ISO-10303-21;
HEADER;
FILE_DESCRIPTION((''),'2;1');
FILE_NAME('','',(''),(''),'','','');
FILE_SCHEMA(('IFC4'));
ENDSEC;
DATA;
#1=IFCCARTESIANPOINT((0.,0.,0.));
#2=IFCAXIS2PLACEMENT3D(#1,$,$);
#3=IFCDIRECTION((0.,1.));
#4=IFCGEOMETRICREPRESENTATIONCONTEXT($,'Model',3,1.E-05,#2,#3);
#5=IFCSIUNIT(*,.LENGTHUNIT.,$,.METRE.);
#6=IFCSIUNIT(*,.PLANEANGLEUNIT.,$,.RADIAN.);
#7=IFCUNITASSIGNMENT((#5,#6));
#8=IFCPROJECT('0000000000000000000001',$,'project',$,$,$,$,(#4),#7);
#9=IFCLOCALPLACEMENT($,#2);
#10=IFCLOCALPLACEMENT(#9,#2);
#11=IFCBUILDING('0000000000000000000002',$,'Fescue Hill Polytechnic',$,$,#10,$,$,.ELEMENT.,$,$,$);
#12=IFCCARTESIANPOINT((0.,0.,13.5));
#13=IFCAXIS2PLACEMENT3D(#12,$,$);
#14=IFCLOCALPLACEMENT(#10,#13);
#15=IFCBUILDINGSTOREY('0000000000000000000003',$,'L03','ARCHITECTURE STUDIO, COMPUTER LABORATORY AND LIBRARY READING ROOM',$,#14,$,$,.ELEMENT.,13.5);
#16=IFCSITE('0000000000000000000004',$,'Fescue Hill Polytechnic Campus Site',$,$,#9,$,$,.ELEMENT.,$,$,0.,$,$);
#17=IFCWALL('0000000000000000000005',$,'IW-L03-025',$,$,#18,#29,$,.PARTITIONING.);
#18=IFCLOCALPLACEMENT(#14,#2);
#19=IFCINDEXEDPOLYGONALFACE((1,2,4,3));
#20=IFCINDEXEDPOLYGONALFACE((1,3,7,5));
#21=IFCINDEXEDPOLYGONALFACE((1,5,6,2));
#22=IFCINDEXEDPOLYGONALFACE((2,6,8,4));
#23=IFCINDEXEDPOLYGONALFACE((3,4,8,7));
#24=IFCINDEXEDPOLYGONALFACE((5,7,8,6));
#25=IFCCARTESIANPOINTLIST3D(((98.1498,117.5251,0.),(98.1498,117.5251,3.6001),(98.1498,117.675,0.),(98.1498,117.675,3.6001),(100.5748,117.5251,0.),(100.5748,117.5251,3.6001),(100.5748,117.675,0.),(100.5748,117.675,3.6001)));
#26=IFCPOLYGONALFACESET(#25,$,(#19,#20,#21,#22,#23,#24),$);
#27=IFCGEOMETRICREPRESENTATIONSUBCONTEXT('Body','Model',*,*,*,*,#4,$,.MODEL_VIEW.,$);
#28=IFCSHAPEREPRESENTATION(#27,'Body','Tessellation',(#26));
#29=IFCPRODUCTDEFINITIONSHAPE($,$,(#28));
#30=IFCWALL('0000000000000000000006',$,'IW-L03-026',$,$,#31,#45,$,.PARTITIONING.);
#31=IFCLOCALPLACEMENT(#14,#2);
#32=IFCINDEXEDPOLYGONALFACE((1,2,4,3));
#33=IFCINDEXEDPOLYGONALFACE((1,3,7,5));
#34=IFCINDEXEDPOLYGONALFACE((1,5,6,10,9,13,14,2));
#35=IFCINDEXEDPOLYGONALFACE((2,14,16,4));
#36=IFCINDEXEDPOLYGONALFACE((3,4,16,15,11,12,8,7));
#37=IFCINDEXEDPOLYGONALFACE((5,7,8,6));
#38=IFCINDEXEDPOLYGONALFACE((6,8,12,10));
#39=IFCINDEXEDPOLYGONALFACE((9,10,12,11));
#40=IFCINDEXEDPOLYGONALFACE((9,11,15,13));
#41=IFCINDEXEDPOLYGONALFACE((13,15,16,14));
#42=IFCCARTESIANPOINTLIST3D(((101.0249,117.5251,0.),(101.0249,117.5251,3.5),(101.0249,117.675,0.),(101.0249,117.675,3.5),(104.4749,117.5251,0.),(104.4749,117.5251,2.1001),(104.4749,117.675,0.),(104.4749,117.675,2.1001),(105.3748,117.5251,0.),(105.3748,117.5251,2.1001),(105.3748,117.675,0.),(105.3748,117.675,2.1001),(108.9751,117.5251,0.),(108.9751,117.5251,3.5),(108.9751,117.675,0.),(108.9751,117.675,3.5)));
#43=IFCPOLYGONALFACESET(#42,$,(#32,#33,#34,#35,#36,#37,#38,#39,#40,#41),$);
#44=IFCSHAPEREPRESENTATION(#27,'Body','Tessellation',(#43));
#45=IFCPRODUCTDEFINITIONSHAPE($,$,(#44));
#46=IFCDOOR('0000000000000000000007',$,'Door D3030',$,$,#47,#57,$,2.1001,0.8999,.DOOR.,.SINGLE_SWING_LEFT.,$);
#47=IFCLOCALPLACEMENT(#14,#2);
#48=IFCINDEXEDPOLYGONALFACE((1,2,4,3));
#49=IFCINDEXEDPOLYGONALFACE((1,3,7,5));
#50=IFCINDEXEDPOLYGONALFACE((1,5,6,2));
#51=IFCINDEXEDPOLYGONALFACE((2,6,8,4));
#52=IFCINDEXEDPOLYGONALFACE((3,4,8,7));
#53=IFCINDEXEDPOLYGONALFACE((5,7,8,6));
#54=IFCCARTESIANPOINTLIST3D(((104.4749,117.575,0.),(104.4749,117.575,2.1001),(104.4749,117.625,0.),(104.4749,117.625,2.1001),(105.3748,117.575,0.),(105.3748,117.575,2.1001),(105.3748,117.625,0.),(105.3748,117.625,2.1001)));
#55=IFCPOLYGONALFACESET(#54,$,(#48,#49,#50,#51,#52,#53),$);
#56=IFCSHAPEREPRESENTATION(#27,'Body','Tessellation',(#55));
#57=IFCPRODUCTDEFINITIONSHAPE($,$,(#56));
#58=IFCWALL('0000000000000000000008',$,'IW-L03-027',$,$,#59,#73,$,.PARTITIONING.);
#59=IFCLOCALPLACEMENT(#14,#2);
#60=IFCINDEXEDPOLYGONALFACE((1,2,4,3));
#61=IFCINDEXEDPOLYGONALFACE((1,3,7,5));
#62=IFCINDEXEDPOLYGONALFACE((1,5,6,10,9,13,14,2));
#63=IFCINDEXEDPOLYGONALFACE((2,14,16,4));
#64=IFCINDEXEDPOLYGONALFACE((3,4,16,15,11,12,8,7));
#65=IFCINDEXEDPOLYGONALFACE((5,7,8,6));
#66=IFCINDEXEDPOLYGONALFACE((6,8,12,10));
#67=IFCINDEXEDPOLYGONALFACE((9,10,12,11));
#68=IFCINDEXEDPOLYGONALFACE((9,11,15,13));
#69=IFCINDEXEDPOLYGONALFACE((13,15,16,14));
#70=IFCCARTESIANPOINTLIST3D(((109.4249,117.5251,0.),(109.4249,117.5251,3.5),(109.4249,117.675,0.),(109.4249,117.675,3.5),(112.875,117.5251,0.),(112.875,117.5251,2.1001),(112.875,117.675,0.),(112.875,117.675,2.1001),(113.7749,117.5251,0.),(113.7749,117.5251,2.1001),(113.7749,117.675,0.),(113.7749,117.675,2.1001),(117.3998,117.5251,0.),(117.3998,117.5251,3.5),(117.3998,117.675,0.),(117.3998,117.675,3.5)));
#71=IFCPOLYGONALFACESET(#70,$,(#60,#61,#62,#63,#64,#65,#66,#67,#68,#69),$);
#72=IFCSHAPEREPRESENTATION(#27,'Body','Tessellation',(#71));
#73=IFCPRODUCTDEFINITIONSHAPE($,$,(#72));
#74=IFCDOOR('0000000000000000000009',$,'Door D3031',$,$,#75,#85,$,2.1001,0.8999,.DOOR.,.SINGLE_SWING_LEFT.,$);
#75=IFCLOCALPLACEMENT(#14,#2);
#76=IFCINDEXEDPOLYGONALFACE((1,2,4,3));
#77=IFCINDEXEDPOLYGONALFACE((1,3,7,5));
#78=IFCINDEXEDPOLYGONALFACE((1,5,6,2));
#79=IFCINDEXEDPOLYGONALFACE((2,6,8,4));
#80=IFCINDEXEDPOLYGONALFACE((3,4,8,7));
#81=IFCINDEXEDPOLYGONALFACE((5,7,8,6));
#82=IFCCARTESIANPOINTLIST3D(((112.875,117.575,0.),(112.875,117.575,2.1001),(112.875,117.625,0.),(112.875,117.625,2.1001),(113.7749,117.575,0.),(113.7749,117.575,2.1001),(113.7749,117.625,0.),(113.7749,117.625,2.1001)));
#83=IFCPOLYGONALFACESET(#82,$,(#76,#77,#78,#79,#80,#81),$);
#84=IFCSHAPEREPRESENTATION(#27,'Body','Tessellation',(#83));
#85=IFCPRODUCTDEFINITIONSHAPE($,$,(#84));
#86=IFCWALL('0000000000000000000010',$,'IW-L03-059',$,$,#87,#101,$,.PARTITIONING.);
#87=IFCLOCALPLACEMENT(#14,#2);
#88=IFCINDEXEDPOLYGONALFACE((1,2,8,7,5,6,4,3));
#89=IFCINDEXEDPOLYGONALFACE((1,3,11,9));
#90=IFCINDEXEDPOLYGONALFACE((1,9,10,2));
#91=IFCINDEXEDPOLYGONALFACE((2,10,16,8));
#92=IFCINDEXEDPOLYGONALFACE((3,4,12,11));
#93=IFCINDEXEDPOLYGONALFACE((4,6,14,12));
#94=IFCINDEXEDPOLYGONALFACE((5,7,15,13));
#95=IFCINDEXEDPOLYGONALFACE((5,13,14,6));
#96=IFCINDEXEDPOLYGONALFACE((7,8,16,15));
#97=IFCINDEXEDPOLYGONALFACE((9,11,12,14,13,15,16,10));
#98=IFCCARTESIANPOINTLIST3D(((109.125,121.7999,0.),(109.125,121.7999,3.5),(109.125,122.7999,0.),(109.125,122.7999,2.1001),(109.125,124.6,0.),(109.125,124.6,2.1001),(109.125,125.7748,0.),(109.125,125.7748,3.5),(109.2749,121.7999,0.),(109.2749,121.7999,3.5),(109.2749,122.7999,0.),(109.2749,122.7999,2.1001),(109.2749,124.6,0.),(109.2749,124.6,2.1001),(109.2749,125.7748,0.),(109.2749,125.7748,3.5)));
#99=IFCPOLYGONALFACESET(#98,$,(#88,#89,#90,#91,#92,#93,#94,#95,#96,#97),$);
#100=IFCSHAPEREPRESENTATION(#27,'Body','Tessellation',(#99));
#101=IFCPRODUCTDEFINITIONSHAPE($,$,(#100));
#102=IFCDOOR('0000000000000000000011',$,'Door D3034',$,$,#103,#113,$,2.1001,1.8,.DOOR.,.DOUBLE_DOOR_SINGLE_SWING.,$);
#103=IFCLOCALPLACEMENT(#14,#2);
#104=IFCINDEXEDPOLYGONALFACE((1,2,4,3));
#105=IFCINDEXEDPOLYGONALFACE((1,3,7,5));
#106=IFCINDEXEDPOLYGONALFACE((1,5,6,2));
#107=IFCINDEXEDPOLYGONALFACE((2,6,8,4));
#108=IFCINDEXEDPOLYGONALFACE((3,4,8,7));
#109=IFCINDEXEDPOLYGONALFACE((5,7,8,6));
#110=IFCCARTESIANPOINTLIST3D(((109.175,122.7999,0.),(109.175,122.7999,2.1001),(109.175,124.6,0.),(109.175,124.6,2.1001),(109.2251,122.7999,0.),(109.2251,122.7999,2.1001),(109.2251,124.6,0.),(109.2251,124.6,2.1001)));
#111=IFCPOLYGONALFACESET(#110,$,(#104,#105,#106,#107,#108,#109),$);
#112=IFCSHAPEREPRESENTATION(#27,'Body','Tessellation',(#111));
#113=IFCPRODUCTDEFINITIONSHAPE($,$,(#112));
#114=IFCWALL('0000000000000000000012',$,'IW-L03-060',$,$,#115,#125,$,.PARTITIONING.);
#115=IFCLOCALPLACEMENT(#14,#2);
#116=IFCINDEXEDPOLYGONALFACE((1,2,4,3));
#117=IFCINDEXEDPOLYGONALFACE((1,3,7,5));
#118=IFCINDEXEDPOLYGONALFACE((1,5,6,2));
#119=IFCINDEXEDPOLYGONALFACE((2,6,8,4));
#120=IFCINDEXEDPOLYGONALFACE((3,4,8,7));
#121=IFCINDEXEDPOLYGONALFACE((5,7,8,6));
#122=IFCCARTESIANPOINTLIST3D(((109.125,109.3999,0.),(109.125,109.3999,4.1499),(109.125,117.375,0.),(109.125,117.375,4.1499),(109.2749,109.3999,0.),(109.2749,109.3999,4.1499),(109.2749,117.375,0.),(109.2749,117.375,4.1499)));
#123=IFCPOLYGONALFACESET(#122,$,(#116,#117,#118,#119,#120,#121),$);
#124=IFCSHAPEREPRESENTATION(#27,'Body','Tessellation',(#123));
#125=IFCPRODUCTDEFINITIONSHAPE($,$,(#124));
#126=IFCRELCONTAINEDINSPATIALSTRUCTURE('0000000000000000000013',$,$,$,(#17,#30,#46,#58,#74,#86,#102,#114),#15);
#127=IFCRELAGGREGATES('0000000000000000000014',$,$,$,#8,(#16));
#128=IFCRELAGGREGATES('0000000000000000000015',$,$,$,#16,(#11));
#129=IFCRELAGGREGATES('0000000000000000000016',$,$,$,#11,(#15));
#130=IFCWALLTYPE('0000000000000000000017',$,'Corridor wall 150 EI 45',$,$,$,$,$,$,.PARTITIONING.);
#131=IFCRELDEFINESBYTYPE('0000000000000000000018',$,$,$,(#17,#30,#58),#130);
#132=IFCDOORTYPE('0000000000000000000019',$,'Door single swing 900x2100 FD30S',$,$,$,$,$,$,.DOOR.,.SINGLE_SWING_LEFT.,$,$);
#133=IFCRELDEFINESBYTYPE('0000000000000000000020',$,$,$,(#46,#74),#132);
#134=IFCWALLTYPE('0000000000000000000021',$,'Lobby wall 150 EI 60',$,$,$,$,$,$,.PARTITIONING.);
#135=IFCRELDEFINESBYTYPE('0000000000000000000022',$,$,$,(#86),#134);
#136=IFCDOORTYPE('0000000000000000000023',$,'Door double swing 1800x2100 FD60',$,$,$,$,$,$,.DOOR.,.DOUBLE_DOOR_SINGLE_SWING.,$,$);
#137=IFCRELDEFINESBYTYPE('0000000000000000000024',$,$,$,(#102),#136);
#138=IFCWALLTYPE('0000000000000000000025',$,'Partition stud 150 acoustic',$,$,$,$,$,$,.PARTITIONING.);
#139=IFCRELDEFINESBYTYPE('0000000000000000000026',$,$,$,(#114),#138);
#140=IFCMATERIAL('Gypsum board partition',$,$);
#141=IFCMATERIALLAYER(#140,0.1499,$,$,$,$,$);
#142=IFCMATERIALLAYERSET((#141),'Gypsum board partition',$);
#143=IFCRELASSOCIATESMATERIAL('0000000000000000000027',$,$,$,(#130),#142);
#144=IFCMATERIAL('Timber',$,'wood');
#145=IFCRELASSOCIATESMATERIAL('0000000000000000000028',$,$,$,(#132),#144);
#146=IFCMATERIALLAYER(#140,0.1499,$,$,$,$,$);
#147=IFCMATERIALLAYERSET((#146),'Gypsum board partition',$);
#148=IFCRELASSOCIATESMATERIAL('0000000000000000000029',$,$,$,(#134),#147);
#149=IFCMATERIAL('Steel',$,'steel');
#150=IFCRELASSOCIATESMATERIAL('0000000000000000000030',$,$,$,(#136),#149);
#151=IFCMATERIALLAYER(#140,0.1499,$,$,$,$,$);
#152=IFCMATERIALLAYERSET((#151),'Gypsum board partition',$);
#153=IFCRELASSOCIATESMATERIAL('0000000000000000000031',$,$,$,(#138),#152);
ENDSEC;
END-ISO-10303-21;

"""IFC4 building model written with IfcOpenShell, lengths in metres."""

from ifc_helpers import new_model, si_unit, direction, frame, frame_2d, origin, place, context, subcontext, project, spatial, rectangle, extrude, material, layer, layer_set, type_object, element, fill, save


model = new_model("IFC4")

# Units and contexts
model_context = context("Model", 3, precision=1e-05, world=origin(), true_north=direction((0.0, 1.0)))
body_context = subcontext(model_context, "Body", "Model", "MODEL_VIEW")
ifc_project = project(units=[si_unit("LENGTHUNIT", "METRE"), si_unit("PLANEANGLEUNIT", "RADIAN")], contexts=[model_context])

# Site, building, storey
site_placement = place(None, origin())
site = spatial("IfcSite", under=ifc_project, at=site_placement, Name="Fescue Hill Polytechnic Campus Site", CompositionType="ELEMENT", RefElevation=0.0)
building_placement = place(site_placement, origin())
building = spatial("IfcBuilding", under=site, at=building_placement, Name="Fescue Hill Polytechnic", CompositionType="ELEMENT")
storey_placement = place(building_placement, frame((0.0, 0.0, 13.5)))
storey = spatial("IfcBuildingStorey", under=building, at=storey_placement, Name="L03", Description="ARCHITECTURE STUDIO, COMPUTER LABORATORY AND LIBRARY READING ROOM", CompositionType="ELEMENT", Elevation=13.5)

# Wall
ifc_material_1 = material(Name="Gypsum board partition")
ifc_layer_1 = layer(ifc_material_1, 0.1499)
ifc_layer_set_1 = layer_set([ifc_layer_1], Name="Gypsum board partition")
wall_type_1 = type_object("IfcWallType", Name="Corridor wall 150 EI 45", PredefinedType="PARTITIONING", material=ifc_layer_set_1)
wall_1_placement = place(storey_placement, frame((98.1499, 117.6001, 0.0), z_axis=(0.0, 0.0, 1.0), x_axis=(1.0, 0.0, 0.0)))
element("IfcWall", 1, at=wall_1_placement, inside=storey, type_object=wall_type_1, Name="IW-L03-025", PredefinedType="PARTITIONING", context=body_context, shape_type="SweptSolid", body=[
    extrude(rectangle(XDim=2.425, YDim=0.1499, at=frame_2d((1.2124, 0.0))), origin(), (0.0, 0.0, 1.0), 3.6001),
])

# Walls, openings, doors
wall_2_placement = place(storey_placement, frame((101.0249, 117.6001, 0.0), z_axis=(0.0, 0.0, 1.0), x_axis=(1.0, 0.0, 0.0)))
wall_2 = element("IfcWall", 2, at=wall_2_placement, inside=storey, type_object=wall_type_1, Name="IW-L03-026", PredefinedType="PARTITIONING", context=body_context, shape_type="SweptSolid", body=[
    extrude(rectangle(XDim=7.9502, YDim=0.1499, at=frame_2d((3.9751, 0.0))), origin(), (0.0, 0.0, 1.0), 3.5),
])
opening_1_placement = place(wall_2_placement, frame((3.45, 0.0, 0.0)))
opening_1 = element("IfcOpeningElement", 3, at=opening_1_placement, cuts=wall_2, PredefinedType="OPENING", context=body_context, shape_type="SweptSolid", body=[
    extrude(rectangle(XDim=0.8999, YDim=2.1001, at=frame_2d((0.45, 1.05))), frame((0.0, 0.085, 0.0), z_axis=(0.0, -1.0, 0.0), x_axis=(1.0, 0.0, 0.0)), (0.0, 0.0, 1.0), 0.1699),
])
ifc_material_2 = material(Name="Timber", Category="wood")
door_type_1 = type_object("IfcDoorType", Name="Door single swing 900x2100 FD30S", OperationType="SINGLE_SWING_LEFT", PredefinedType="DOOR", material=ifc_material_2)
door_1_placement = place(opening_1_placement, origin())
door_1 = element("IfcDoor", 4, at=door_1_placement, inside=storey, type_object=door_type_1, Name="Door D3030", OperationType="SINGLE_SWING_LEFT", OverallHeight=2.1001, OverallWidth=0.8999, PredefinedType="DOOR", context=body_context, shape_type="SweptSolid", body=[
    extrude(rectangle(XDim=0.8999, YDim=2.1001, at=frame_2d((0.45, 1.05))), frame((0.0, 0.0249, 0.0), z_axis=(0.0, -1.0, 0.0), x_axis=(1.0, 0.0, 0.0)), (0.0, 0.0, 1.0), 0.05),
])
fill(opening_1, door_1)
wall_3_placement = place(storey_placement, frame((109.425, 117.6001, 0.0), z_axis=(0.0, 0.0, 1.0), x_axis=(1.0, 0.0, 0.0)))
wall_3 = element("IfcWall", 5, at=wall_3_placement, inside=storey, type_object=wall_type_1, Name="IW-L03-027", PredefinedType="PARTITIONING", context=body_context, shape_type="SweptSolid", body=[
    extrude(rectangle(XDim=7.9749, YDim=0.1499, at=frame_2d((3.9873, 0.0))), origin(), (0.0, 0.0, 1.0), 3.5),
])
opening_2_placement = place(wall_3_placement, frame((3.45, 0.0, 0.0)))
opening_2 = element("IfcOpeningElement", 6, at=opening_2_placement, cuts=wall_3, PredefinedType="OPENING", context=body_context, shape_type="SweptSolid", body=[
    extrude(rectangle(XDim=0.8999, YDim=2.1001, at=frame_2d((0.45, 1.05))), frame((0.0, 0.085, 0.0), z_axis=(0.0, -1.0, 0.0), x_axis=(1.0, 0.0, 0.0)), (0.0, 0.0, 1.0), 0.1699),
])
door_2_placement = place(opening_2_placement, origin())
door_2 = element("IfcDoor", 7, at=door_2_placement, inside=storey, type_object=door_type_1, Name="Door D3031", OperationType="SINGLE_SWING_LEFT", OverallHeight=2.1001, OverallWidth=0.8999, PredefinedType="DOOR", context=body_context, shape_type="SweptSolid", body=[
    extrude(rectangle(XDim=0.8999, YDim=2.1001, at=frame_2d((0.45, 1.05))), frame((0.0, 0.0249, 0.0), z_axis=(0.0, -1.0, 0.0), x_axis=(1.0, 0.0, 0.0)), (0.0, 0.0, 1.0), 0.05),
])
fill(opening_2, door_2)
ifc_layer_2 = layer(ifc_material_1, 0.1499)
ifc_layer_set_2 = layer_set([ifc_layer_2], Name="Gypsum board partition")
wall_type_2 = type_object("IfcWallType", Name="Lobby wall 150 EI 60", PredefinedType="PARTITIONING", material=ifc_layer_set_2)
wall_4_placement = place(storey_placement, frame((109.2, 121.8, 0.0), z_axis=(0.0, 0.0, 1.0), x_axis=(0.0, 1.0, 0.0)))
wall_4 = element("IfcWall", 8, at=wall_4_placement, inside=storey, type_object=wall_type_2, Name="IW-L03-059", PredefinedType="PARTITIONING", context=body_context, shape_type="SweptSolid", body=[
    extrude(rectangle(XDim=3.9749, YDim=0.1499, at=frame_2d((1.9873, 0.0))), origin(), (0.0, 0.0, 1.0), 3.5),
])
opening_3_placement = place(wall_4_placement, frame((1.0, 0.0, 0.0)))
opening_3 = element("IfcOpeningElement", 9, at=opening_3_placement, cuts=wall_4, PredefinedType="OPENING", context=body_context, shape_type="SweptSolid", body=[
    extrude(rectangle(XDim=1.8, YDim=2.1001, at=frame_2d((0.8999, 1.05))), frame((0.0, 0.085, 0.0), z_axis=(0.0, -1.0, 0.0), x_axis=(1.0, 0.0, 0.0)), (0.0, 0.0, 1.0), 0.1699),
])
ifc_material_3 = material(Name="Steel", Category="steel")
door_type_2 = type_object("IfcDoorType", Name="Door double swing 1800x2100 FD60", OperationType="DOUBLE_DOOR_SINGLE_SWING", PredefinedType="DOOR", material=ifc_material_3)
door_3_placement = place(opening_3_placement, origin())
door_3 = element("IfcDoor", 10, at=door_3_placement, inside=storey, type_object=door_type_2, Name="Door D3034", OperationType="DOUBLE_DOOR_SINGLE_SWING", OverallHeight=2.1001, OverallWidth=1.8, PredefinedType="DOOR", context=body_context, shape_type="SweptSolid", body=[
    extrude(rectangle(XDim=1.8, YDim=2.1001, at=frame_2d((0.8999, 1.05))), frame((0.0, 0.0249, 0.0), z_axis=(0.0, -1.0, 0.0), x_axis=(1.0, 0.0, 0.0)), (0.0, 0.0, 1.0), 0.05),
])
fill(opening_3, door_3)

# Wall
ifc_layer_3 = layer(ifc_material_1, 0.1499)
ifc_layer_set_3 = layer_set([ifc_layer_3], Name="Gypsum board partition")
wall_type_3 = type_object("IfcWallType", Name="Partition stud 150 acoustic", PredefinedType="PARTITIONING", material=ifc_layer_set_3)
wall_5_placement = place(storey_placement, frame((109.2, 109.3999, 0.0), z_axis=(0.0, 0.0, 1.0), x_axis=(0.0, 1.0, 0.0)))
element("IfcWall", 11, at=wall_5_placement, inside=storey, type_object=wall_type_3, Name="IW-L03-060", PredefinedType="PARTITIONING", context=body_context, shape_type="SweptSolid", body=[
    extrude(rectangle(XDim=7.9751, YDim=0.1499, at=frame_2d((3.9875, 0.0))), origin(), (0.0, 0.0, 1.0), 4.1499),
])

save(model, "model.ifc")
